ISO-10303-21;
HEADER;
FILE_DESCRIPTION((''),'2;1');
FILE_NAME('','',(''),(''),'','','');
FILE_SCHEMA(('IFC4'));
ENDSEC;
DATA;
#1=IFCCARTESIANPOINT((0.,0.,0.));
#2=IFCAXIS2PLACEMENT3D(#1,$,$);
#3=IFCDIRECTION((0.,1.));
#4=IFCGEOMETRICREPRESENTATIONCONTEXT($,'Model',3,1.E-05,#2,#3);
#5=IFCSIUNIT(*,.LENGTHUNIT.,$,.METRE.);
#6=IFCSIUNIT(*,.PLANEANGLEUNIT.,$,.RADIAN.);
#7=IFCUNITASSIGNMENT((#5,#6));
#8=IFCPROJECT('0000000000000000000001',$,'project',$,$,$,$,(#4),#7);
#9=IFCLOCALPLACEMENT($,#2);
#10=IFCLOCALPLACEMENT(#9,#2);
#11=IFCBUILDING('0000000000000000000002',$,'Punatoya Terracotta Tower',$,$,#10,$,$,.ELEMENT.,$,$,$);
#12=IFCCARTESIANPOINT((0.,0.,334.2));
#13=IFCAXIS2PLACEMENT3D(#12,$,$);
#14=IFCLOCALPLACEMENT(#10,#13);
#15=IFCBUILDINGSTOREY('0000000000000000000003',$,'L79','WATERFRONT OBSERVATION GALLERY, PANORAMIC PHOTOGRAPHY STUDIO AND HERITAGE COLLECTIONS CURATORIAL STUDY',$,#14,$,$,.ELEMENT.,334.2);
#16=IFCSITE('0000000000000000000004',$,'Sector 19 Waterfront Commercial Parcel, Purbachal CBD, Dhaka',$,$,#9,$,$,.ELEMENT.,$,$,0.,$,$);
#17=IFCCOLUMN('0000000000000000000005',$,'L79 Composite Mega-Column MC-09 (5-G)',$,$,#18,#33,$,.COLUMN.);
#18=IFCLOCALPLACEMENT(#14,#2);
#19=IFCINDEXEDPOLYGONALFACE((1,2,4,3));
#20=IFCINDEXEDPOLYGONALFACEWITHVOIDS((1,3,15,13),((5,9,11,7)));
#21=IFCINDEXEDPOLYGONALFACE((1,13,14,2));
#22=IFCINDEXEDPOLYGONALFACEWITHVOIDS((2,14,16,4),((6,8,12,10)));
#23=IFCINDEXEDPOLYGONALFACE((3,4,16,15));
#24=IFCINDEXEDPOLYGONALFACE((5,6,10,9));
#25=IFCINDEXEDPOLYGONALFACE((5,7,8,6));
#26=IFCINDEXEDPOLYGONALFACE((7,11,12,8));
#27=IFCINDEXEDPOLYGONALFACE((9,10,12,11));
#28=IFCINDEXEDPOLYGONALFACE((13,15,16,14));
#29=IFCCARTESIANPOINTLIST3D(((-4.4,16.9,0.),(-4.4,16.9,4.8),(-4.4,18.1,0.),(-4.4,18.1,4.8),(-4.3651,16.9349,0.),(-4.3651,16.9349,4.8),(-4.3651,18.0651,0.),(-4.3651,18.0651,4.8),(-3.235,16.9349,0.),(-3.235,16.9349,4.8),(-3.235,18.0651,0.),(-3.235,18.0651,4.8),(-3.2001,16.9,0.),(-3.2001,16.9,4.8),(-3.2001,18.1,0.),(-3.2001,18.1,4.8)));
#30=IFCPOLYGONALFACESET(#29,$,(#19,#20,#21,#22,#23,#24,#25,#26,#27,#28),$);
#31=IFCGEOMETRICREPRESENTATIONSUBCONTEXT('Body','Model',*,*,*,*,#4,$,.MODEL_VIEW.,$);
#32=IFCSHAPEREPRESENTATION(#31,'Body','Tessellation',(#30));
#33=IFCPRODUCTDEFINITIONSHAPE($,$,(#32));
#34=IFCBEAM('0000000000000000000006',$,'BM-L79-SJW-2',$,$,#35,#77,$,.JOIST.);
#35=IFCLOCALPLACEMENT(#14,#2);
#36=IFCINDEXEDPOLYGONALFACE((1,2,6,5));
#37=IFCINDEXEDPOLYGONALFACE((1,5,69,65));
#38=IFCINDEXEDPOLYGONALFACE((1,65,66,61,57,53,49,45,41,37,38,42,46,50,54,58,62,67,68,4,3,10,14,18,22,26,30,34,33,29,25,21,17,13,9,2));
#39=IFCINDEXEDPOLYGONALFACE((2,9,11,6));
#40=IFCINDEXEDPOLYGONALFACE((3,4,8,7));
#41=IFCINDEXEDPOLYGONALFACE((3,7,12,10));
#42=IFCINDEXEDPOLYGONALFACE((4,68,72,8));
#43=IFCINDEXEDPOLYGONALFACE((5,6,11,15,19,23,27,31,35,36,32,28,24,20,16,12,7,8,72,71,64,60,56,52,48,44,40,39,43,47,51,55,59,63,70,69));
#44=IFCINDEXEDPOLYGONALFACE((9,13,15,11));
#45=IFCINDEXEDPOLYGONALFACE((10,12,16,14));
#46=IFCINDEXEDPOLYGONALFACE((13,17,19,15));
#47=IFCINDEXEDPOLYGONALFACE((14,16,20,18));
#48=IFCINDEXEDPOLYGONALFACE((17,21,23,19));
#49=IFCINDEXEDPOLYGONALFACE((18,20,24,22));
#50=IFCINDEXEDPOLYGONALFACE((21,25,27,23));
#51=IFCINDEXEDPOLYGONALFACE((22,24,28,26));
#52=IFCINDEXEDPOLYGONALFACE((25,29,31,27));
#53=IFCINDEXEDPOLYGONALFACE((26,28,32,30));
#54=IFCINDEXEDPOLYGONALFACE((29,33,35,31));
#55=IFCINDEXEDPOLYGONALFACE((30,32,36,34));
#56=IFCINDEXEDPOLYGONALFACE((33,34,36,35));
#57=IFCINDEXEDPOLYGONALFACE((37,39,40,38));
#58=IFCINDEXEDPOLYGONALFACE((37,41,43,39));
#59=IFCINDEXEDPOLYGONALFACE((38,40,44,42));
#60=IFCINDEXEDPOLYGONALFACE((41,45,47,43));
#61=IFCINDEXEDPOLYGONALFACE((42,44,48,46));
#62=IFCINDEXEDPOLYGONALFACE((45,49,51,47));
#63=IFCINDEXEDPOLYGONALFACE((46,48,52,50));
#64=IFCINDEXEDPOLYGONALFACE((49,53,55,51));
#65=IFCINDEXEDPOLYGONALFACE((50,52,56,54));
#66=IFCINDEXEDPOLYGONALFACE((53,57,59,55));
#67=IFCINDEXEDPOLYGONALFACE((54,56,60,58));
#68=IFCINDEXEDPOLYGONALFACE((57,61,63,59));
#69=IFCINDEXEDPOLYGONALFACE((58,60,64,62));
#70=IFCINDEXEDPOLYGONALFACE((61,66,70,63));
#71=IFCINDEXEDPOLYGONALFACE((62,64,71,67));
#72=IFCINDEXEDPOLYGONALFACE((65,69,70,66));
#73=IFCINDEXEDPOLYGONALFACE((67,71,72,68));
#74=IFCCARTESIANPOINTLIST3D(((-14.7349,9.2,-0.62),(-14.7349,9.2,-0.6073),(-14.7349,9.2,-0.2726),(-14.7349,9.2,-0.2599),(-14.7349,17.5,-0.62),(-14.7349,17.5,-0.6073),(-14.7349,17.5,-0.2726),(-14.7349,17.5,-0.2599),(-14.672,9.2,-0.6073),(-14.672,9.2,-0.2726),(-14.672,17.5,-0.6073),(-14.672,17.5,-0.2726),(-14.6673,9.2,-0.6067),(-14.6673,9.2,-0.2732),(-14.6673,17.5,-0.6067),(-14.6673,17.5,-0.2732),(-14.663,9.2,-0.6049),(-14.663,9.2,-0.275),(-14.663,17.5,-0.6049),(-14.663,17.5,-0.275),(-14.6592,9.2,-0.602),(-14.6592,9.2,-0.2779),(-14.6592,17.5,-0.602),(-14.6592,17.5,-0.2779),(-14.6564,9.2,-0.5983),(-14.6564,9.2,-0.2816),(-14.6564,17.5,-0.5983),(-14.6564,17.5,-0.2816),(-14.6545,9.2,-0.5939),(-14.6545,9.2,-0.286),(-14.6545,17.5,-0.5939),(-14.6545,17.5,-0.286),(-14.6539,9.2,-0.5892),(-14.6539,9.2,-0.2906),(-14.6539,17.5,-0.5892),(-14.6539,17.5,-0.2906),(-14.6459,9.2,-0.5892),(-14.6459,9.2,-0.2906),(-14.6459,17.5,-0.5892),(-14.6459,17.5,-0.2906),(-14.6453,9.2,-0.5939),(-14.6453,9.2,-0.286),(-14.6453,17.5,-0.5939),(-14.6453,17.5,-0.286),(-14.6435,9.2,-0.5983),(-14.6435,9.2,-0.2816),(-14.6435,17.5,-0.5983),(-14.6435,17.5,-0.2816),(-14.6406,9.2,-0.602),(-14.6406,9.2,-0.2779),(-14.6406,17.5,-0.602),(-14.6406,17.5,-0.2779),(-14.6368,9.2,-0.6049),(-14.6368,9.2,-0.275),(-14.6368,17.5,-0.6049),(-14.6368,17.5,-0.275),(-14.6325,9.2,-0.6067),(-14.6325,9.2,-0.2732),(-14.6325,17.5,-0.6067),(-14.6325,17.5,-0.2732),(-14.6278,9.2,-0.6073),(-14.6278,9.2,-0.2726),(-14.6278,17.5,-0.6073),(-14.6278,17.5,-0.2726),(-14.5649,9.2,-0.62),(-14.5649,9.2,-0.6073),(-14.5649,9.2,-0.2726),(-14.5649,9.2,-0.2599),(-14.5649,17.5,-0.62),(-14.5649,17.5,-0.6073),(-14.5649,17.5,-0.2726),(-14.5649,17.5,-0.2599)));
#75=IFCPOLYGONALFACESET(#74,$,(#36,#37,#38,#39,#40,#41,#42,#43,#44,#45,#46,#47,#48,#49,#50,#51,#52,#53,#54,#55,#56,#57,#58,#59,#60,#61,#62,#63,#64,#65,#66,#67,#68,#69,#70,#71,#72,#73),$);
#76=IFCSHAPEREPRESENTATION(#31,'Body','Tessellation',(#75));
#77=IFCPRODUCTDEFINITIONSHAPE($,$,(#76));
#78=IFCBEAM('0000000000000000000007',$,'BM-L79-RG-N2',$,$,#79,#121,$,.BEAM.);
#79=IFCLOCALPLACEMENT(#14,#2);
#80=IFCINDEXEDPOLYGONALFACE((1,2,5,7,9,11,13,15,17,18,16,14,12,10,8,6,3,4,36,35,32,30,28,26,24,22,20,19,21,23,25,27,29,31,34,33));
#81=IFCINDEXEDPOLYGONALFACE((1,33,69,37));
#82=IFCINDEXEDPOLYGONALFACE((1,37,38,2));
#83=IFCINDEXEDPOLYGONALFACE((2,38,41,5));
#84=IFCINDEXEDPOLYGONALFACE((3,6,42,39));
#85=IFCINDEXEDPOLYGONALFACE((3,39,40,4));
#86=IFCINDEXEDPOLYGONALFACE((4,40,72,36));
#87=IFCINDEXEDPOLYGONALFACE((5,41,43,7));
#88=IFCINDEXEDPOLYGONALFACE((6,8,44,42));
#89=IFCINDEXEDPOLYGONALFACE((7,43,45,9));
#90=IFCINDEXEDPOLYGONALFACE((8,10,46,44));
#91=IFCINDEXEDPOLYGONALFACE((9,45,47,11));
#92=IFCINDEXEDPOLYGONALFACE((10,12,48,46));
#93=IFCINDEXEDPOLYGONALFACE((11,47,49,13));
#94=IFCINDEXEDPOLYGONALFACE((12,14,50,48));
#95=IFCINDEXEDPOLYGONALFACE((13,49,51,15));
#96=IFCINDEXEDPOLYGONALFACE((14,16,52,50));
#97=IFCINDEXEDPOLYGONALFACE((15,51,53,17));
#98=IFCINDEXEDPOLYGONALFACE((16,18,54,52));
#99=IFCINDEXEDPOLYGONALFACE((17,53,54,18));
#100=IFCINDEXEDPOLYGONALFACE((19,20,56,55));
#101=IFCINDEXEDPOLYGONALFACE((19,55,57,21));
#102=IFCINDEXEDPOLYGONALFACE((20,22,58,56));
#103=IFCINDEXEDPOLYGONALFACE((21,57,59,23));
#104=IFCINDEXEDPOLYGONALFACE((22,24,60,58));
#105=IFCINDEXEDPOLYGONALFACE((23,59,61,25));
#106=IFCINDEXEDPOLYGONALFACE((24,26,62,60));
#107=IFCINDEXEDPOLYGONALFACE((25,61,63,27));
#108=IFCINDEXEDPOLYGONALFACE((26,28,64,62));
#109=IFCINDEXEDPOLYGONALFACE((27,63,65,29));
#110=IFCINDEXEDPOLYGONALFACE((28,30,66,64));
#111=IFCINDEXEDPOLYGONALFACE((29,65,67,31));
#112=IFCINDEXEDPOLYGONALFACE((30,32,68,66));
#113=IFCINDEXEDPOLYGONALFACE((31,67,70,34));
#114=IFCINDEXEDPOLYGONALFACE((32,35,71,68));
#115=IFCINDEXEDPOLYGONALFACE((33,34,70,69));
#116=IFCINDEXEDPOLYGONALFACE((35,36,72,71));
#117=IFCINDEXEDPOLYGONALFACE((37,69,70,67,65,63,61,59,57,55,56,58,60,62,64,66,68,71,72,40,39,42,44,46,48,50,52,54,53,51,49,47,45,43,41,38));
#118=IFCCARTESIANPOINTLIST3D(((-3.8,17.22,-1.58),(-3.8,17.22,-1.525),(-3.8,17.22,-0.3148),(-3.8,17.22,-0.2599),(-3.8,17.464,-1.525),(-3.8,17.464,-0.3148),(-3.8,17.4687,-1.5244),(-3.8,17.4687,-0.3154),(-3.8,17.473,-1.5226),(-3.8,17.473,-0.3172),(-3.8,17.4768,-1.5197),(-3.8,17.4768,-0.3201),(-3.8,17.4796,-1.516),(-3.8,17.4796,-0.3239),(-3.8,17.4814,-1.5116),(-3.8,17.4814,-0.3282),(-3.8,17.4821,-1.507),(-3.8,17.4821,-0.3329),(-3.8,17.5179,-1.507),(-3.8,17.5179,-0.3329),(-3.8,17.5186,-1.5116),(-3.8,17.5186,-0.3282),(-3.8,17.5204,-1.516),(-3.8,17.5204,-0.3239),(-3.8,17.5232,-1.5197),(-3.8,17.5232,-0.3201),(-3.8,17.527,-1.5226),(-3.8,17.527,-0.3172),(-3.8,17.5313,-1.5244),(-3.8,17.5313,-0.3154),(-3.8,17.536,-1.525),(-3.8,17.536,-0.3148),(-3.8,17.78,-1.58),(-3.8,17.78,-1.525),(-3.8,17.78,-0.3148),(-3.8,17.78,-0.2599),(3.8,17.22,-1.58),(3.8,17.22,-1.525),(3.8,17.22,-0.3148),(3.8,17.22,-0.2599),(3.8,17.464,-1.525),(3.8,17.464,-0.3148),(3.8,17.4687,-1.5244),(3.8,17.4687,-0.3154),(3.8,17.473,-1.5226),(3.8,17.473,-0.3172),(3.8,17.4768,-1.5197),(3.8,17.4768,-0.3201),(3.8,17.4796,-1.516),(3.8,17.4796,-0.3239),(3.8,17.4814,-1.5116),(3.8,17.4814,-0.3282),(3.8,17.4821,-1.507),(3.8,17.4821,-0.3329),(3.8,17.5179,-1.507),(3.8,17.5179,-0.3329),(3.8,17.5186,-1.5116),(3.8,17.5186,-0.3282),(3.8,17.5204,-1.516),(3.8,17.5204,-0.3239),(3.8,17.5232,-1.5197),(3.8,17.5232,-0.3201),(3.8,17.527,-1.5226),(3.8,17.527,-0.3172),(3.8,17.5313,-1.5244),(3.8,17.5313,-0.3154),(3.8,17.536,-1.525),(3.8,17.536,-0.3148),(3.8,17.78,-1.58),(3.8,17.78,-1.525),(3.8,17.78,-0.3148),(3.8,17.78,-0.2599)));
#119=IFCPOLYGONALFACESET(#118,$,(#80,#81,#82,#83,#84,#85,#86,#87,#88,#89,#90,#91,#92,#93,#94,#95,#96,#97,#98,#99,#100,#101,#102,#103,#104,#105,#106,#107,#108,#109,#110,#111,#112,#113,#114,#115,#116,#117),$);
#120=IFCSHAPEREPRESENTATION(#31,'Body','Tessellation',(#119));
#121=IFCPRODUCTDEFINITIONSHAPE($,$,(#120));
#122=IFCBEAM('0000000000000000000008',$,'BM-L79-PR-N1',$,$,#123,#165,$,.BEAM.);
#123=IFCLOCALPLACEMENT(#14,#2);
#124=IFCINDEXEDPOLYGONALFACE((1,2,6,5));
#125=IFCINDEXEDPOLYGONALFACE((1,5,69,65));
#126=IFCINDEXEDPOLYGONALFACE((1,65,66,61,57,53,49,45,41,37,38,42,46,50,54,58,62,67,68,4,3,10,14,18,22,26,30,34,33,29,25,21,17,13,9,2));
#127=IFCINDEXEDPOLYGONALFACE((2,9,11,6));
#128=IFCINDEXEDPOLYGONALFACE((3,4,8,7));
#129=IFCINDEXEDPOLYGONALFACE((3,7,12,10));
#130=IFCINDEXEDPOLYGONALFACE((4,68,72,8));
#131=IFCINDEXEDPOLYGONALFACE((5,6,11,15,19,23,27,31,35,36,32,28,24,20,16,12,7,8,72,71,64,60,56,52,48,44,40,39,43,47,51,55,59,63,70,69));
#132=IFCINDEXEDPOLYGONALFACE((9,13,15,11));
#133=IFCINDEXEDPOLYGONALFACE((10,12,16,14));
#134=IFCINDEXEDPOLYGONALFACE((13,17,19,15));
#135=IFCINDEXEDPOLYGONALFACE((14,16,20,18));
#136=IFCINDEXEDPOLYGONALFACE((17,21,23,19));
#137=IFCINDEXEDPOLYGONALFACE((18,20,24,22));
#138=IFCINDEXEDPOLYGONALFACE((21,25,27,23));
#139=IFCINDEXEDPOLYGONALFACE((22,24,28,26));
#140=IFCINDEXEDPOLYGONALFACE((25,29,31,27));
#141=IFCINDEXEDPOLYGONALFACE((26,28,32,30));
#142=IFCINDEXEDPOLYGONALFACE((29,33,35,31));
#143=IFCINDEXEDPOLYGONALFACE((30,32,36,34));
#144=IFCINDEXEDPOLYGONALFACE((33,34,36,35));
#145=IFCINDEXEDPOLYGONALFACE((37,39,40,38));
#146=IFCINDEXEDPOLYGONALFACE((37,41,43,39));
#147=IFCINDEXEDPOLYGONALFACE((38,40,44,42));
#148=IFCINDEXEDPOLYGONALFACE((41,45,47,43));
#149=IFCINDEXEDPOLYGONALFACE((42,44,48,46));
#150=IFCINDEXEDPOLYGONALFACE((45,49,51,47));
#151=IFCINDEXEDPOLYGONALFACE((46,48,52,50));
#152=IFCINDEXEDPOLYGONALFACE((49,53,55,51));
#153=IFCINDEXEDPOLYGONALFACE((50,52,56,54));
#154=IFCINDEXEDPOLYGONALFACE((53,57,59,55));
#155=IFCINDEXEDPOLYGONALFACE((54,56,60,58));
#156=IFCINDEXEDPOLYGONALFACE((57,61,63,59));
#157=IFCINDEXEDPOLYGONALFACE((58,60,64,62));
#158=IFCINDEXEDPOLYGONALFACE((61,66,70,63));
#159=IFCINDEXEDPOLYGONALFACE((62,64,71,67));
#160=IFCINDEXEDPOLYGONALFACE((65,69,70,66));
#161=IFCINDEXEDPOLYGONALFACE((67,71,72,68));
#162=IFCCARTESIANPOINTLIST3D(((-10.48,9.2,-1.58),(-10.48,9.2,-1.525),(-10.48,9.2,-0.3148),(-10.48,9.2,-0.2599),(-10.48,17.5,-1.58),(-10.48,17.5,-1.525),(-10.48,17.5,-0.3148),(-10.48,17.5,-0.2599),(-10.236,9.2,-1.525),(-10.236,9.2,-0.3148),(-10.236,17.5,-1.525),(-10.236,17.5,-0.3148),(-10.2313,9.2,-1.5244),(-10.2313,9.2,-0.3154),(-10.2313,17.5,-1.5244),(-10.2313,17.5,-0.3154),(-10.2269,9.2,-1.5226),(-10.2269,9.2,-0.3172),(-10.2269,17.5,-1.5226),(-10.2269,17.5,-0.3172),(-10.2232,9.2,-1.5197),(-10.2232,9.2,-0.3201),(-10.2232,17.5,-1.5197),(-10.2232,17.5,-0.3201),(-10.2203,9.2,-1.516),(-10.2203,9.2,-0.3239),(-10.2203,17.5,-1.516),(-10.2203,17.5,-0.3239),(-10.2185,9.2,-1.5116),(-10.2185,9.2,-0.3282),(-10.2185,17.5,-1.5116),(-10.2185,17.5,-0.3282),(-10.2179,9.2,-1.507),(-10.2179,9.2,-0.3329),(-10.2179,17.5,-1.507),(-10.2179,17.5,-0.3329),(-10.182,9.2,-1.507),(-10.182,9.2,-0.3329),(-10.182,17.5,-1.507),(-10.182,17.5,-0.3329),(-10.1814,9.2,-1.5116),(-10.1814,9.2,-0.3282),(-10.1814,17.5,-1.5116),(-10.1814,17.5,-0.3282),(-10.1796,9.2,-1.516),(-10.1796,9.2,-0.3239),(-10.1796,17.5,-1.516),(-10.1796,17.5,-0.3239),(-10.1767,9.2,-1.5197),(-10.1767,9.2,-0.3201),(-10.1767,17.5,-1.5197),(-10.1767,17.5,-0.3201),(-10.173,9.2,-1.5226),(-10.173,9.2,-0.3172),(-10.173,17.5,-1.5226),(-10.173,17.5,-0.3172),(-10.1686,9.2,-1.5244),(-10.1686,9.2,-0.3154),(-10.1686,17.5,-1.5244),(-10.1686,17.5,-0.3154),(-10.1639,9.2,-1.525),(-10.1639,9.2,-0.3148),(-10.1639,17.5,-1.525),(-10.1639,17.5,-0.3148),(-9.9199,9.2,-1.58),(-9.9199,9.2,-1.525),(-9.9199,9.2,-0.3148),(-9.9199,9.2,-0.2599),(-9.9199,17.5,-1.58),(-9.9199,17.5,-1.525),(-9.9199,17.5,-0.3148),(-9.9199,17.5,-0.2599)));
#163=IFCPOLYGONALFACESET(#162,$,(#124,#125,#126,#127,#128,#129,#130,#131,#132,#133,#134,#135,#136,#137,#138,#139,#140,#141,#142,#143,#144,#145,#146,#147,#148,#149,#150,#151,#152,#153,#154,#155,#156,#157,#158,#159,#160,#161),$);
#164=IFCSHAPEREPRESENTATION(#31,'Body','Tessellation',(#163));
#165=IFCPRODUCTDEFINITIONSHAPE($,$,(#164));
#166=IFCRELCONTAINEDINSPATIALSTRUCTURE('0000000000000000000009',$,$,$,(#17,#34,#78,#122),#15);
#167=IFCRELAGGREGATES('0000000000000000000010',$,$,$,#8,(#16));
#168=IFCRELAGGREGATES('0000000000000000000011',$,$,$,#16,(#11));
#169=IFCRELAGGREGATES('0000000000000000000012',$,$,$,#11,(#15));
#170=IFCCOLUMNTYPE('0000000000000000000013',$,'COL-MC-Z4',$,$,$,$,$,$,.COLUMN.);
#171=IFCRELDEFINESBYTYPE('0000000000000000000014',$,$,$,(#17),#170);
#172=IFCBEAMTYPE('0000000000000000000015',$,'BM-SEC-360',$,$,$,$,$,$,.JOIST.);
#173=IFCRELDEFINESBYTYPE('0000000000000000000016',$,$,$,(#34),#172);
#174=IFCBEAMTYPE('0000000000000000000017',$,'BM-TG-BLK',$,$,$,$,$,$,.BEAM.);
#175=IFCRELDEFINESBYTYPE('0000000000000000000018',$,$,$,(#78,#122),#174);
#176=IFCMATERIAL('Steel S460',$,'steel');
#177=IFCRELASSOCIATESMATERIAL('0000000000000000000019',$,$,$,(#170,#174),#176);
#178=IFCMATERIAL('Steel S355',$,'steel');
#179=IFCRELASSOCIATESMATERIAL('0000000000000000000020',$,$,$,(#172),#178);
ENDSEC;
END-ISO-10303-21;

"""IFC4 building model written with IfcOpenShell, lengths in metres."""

from ifc_helpers import new_model, si_unit, direction, frame, origin, origin_2d, place, context, subcontext, project, spatial, hollow_rectangle, i_section, extrude, material, material_profile, profile_set, type_object, element, save


model = new_model("IFC4")

# Units and contexts
model_context = context("Model", 3, precision=1e-05, world=origin(), true_north=direction((0.0, 1.0)))
body_context = subcontext(model_context, "Body", "Model", "MODEL_VIEW")
ifc_project = project(units=[si_unit("LENGTHUNIT", "METRE"), si_unit("PLANEANGLEUNIT", "RADIAN")], contexts=[model_context])

# Site, building, storey
site_placement = place(None, origin())
site = spatial("IfcSite", under=ifc_project, at=site_placement, Name="Sector 19 Waterfront Commercial Parcel, Purbachal CBD, Dhaka", CompositionType="ELEMENT", RefElevation=0.0)
building_placement = place(site_placement, origin())
building = spatial("IfcBuilding", under=site, at=building_placement, Name="Punatoya Terracotta Tower", CompositionType="ELEMENT")
storey_placement = place(building_placement, frame((0.0, 0.0, 334.2)))
storey = spatial("IfcBuildingStorey", under=building, at=storey_placement, Name="L79", Description="WATERFRONT OBSERVATION GALLERY, PANORAMIC PHOTOGRAPHY STUDIO AND HERITAGE COLLECTIONS CURATORIAL STUDY", CompositionType="ELEMENT", Elevation=334.2)

# Column
ifc_material_1 = material(Name="Steel S460", Category="steel")
ifc_material_profile_1 = material_profile(ifc_material_1, hollow_rectangle(XDim=1.2, YDim=1.2, WallThickness=0.0349, at=origin_2d()))
ifc_profile_set_1 = profile_set([ifc_material_profile_1], Name="Steel S460")
column_type = type_object("IfcColumnType", Name="COL-MC-Z4", PredefinedType="COLUMN", material=ifc_profile_set_1)
column_placement = place(storey_placement, frame((-3.8, 17.5, 0.0), z_axis=(0.0, 0.0, 1.0), x_axis=(1.0, 0.0, 0.0)))
element("IfcColumn", 1, at=column_placement, inside=storey, type_object=column_type, Name="L79 Composite Mega-Column MC-09 (5-G)", PredefinedType="COLUMN", context=body_context, shape_type="SweptSolid", body=[
    extrude(hollow_rectangle(XDim=1.2, YDim=1.2, WallThickness=0.0349, at=origin_2d()), origin(), (0.0, 0.0, 1.0), 4.8),
])

# Beams
ifc_material_2 = material(Name="Steel S355", Category="steel")
ifc_material_profile_2 = material_profile(ifc_material_2, i_section(OverallWidth=0.1699, OverallDepth=0.3601, WebThickness=0.0081, FlangeThickness=0.0127, FilletRadius=0.0181, at=origin_2d()))
ifc_profile_set_2 = profile_set([ifc_material_profile_2], Name="Steel S355")
beam_type_1 = type_object("IfcBeamType", Name="BM-SEC-360", PredefinedType="JOIST", material=ifc_profile_set_2)
beam_1_placement = place(storey_placement, frame((-14.6499, 9.2, -0.4399), z_axis=(0.0, 1.0, 0.0), x_axis=(-1.0, 0.0, 0.0)))
element("IfcBeam", 2, at=beam_1_placement, inside=storey, type_object=beam_type_1, Name="BM-L79-SJW-2", PredefinedType="JOIST", context=body_context, shape_type="SweptSolid", body=[
    extrude(i_section(OverallWidth=0.1699, OverallDepth=0.3601, WebThickness=0.0081, FlangeThickness=0.0127, FilletRadius=0.0181, at=origin_2d()), origin(), (0.0, 0.0, 1.0), 8.3),
])
ifc_material_profile_3 = material_profile(ifc_material_1, i_section(OverallWidth=0.5601, OverallDepth=1.3201, WebThickness=0.0359, FlangeThickness=0.0549, FilletRadius=0.0181, at=origin_2d()))
ifc_profile_set_3 = profile_set([ifc_material_profile_3], Name="Steel S460")
beam_type_2 = type_object("IfcBeamType", Name="BM-TG-BLK", PredefinedType="BEAM", material=ifc_profile_set_3)
beam_2_placement = place(storey_placement, frame((-3.8, 17.5, -0.9199), z_axis=(1.0, 0.0, 0.0), x_axis=(0.0, 1.0, 0.0)))
element("IfcBeam", 3, at=beam_2_placement, inside=storey, type_object=beam_type_2, Name="BM-L79-RG-N2", PredefinedType="BEAM", context=body_context, shape_type="SweptSolid", body=[
    extrude(i_section(OverallWidth=0.5601, OverallDepth=1.3201, WebThickness=0.0359, FlangeThickness=0.0549, FilletRadius=0.0181, at=origin_2d()), origin(), (0.0, 0.0, 1.0), 7.6001),
])
for number, where, z_axis, x_axis, name in (
    (4, (-10.2, 9.2, -0.9199), (0.0, 1.0, 0.0), (-1.0, 0.0, 0.0), "BM-L79-PR-N1"),
):
    element("IfcBeam", number, at=place(storey_placement, frame(where, z_axis=z_axis, x_axis=x_axis)), inside=storey, type_object=beam_type_2, Name=name, PredefinedType="BEAM", context=body_context, shape_type="SweptSolid", body=[
        extrude(i_section(OverallWidth=0.5601, OverallDepth=1.3201, WebThickness=0.0359, FlangeThickness=0.0549, FilletRadius=0.0181, at=origin_2d()), origin(), (0.0, 0.0, 1.0), 8.3),
    ])

save(model, "model.ifc")
